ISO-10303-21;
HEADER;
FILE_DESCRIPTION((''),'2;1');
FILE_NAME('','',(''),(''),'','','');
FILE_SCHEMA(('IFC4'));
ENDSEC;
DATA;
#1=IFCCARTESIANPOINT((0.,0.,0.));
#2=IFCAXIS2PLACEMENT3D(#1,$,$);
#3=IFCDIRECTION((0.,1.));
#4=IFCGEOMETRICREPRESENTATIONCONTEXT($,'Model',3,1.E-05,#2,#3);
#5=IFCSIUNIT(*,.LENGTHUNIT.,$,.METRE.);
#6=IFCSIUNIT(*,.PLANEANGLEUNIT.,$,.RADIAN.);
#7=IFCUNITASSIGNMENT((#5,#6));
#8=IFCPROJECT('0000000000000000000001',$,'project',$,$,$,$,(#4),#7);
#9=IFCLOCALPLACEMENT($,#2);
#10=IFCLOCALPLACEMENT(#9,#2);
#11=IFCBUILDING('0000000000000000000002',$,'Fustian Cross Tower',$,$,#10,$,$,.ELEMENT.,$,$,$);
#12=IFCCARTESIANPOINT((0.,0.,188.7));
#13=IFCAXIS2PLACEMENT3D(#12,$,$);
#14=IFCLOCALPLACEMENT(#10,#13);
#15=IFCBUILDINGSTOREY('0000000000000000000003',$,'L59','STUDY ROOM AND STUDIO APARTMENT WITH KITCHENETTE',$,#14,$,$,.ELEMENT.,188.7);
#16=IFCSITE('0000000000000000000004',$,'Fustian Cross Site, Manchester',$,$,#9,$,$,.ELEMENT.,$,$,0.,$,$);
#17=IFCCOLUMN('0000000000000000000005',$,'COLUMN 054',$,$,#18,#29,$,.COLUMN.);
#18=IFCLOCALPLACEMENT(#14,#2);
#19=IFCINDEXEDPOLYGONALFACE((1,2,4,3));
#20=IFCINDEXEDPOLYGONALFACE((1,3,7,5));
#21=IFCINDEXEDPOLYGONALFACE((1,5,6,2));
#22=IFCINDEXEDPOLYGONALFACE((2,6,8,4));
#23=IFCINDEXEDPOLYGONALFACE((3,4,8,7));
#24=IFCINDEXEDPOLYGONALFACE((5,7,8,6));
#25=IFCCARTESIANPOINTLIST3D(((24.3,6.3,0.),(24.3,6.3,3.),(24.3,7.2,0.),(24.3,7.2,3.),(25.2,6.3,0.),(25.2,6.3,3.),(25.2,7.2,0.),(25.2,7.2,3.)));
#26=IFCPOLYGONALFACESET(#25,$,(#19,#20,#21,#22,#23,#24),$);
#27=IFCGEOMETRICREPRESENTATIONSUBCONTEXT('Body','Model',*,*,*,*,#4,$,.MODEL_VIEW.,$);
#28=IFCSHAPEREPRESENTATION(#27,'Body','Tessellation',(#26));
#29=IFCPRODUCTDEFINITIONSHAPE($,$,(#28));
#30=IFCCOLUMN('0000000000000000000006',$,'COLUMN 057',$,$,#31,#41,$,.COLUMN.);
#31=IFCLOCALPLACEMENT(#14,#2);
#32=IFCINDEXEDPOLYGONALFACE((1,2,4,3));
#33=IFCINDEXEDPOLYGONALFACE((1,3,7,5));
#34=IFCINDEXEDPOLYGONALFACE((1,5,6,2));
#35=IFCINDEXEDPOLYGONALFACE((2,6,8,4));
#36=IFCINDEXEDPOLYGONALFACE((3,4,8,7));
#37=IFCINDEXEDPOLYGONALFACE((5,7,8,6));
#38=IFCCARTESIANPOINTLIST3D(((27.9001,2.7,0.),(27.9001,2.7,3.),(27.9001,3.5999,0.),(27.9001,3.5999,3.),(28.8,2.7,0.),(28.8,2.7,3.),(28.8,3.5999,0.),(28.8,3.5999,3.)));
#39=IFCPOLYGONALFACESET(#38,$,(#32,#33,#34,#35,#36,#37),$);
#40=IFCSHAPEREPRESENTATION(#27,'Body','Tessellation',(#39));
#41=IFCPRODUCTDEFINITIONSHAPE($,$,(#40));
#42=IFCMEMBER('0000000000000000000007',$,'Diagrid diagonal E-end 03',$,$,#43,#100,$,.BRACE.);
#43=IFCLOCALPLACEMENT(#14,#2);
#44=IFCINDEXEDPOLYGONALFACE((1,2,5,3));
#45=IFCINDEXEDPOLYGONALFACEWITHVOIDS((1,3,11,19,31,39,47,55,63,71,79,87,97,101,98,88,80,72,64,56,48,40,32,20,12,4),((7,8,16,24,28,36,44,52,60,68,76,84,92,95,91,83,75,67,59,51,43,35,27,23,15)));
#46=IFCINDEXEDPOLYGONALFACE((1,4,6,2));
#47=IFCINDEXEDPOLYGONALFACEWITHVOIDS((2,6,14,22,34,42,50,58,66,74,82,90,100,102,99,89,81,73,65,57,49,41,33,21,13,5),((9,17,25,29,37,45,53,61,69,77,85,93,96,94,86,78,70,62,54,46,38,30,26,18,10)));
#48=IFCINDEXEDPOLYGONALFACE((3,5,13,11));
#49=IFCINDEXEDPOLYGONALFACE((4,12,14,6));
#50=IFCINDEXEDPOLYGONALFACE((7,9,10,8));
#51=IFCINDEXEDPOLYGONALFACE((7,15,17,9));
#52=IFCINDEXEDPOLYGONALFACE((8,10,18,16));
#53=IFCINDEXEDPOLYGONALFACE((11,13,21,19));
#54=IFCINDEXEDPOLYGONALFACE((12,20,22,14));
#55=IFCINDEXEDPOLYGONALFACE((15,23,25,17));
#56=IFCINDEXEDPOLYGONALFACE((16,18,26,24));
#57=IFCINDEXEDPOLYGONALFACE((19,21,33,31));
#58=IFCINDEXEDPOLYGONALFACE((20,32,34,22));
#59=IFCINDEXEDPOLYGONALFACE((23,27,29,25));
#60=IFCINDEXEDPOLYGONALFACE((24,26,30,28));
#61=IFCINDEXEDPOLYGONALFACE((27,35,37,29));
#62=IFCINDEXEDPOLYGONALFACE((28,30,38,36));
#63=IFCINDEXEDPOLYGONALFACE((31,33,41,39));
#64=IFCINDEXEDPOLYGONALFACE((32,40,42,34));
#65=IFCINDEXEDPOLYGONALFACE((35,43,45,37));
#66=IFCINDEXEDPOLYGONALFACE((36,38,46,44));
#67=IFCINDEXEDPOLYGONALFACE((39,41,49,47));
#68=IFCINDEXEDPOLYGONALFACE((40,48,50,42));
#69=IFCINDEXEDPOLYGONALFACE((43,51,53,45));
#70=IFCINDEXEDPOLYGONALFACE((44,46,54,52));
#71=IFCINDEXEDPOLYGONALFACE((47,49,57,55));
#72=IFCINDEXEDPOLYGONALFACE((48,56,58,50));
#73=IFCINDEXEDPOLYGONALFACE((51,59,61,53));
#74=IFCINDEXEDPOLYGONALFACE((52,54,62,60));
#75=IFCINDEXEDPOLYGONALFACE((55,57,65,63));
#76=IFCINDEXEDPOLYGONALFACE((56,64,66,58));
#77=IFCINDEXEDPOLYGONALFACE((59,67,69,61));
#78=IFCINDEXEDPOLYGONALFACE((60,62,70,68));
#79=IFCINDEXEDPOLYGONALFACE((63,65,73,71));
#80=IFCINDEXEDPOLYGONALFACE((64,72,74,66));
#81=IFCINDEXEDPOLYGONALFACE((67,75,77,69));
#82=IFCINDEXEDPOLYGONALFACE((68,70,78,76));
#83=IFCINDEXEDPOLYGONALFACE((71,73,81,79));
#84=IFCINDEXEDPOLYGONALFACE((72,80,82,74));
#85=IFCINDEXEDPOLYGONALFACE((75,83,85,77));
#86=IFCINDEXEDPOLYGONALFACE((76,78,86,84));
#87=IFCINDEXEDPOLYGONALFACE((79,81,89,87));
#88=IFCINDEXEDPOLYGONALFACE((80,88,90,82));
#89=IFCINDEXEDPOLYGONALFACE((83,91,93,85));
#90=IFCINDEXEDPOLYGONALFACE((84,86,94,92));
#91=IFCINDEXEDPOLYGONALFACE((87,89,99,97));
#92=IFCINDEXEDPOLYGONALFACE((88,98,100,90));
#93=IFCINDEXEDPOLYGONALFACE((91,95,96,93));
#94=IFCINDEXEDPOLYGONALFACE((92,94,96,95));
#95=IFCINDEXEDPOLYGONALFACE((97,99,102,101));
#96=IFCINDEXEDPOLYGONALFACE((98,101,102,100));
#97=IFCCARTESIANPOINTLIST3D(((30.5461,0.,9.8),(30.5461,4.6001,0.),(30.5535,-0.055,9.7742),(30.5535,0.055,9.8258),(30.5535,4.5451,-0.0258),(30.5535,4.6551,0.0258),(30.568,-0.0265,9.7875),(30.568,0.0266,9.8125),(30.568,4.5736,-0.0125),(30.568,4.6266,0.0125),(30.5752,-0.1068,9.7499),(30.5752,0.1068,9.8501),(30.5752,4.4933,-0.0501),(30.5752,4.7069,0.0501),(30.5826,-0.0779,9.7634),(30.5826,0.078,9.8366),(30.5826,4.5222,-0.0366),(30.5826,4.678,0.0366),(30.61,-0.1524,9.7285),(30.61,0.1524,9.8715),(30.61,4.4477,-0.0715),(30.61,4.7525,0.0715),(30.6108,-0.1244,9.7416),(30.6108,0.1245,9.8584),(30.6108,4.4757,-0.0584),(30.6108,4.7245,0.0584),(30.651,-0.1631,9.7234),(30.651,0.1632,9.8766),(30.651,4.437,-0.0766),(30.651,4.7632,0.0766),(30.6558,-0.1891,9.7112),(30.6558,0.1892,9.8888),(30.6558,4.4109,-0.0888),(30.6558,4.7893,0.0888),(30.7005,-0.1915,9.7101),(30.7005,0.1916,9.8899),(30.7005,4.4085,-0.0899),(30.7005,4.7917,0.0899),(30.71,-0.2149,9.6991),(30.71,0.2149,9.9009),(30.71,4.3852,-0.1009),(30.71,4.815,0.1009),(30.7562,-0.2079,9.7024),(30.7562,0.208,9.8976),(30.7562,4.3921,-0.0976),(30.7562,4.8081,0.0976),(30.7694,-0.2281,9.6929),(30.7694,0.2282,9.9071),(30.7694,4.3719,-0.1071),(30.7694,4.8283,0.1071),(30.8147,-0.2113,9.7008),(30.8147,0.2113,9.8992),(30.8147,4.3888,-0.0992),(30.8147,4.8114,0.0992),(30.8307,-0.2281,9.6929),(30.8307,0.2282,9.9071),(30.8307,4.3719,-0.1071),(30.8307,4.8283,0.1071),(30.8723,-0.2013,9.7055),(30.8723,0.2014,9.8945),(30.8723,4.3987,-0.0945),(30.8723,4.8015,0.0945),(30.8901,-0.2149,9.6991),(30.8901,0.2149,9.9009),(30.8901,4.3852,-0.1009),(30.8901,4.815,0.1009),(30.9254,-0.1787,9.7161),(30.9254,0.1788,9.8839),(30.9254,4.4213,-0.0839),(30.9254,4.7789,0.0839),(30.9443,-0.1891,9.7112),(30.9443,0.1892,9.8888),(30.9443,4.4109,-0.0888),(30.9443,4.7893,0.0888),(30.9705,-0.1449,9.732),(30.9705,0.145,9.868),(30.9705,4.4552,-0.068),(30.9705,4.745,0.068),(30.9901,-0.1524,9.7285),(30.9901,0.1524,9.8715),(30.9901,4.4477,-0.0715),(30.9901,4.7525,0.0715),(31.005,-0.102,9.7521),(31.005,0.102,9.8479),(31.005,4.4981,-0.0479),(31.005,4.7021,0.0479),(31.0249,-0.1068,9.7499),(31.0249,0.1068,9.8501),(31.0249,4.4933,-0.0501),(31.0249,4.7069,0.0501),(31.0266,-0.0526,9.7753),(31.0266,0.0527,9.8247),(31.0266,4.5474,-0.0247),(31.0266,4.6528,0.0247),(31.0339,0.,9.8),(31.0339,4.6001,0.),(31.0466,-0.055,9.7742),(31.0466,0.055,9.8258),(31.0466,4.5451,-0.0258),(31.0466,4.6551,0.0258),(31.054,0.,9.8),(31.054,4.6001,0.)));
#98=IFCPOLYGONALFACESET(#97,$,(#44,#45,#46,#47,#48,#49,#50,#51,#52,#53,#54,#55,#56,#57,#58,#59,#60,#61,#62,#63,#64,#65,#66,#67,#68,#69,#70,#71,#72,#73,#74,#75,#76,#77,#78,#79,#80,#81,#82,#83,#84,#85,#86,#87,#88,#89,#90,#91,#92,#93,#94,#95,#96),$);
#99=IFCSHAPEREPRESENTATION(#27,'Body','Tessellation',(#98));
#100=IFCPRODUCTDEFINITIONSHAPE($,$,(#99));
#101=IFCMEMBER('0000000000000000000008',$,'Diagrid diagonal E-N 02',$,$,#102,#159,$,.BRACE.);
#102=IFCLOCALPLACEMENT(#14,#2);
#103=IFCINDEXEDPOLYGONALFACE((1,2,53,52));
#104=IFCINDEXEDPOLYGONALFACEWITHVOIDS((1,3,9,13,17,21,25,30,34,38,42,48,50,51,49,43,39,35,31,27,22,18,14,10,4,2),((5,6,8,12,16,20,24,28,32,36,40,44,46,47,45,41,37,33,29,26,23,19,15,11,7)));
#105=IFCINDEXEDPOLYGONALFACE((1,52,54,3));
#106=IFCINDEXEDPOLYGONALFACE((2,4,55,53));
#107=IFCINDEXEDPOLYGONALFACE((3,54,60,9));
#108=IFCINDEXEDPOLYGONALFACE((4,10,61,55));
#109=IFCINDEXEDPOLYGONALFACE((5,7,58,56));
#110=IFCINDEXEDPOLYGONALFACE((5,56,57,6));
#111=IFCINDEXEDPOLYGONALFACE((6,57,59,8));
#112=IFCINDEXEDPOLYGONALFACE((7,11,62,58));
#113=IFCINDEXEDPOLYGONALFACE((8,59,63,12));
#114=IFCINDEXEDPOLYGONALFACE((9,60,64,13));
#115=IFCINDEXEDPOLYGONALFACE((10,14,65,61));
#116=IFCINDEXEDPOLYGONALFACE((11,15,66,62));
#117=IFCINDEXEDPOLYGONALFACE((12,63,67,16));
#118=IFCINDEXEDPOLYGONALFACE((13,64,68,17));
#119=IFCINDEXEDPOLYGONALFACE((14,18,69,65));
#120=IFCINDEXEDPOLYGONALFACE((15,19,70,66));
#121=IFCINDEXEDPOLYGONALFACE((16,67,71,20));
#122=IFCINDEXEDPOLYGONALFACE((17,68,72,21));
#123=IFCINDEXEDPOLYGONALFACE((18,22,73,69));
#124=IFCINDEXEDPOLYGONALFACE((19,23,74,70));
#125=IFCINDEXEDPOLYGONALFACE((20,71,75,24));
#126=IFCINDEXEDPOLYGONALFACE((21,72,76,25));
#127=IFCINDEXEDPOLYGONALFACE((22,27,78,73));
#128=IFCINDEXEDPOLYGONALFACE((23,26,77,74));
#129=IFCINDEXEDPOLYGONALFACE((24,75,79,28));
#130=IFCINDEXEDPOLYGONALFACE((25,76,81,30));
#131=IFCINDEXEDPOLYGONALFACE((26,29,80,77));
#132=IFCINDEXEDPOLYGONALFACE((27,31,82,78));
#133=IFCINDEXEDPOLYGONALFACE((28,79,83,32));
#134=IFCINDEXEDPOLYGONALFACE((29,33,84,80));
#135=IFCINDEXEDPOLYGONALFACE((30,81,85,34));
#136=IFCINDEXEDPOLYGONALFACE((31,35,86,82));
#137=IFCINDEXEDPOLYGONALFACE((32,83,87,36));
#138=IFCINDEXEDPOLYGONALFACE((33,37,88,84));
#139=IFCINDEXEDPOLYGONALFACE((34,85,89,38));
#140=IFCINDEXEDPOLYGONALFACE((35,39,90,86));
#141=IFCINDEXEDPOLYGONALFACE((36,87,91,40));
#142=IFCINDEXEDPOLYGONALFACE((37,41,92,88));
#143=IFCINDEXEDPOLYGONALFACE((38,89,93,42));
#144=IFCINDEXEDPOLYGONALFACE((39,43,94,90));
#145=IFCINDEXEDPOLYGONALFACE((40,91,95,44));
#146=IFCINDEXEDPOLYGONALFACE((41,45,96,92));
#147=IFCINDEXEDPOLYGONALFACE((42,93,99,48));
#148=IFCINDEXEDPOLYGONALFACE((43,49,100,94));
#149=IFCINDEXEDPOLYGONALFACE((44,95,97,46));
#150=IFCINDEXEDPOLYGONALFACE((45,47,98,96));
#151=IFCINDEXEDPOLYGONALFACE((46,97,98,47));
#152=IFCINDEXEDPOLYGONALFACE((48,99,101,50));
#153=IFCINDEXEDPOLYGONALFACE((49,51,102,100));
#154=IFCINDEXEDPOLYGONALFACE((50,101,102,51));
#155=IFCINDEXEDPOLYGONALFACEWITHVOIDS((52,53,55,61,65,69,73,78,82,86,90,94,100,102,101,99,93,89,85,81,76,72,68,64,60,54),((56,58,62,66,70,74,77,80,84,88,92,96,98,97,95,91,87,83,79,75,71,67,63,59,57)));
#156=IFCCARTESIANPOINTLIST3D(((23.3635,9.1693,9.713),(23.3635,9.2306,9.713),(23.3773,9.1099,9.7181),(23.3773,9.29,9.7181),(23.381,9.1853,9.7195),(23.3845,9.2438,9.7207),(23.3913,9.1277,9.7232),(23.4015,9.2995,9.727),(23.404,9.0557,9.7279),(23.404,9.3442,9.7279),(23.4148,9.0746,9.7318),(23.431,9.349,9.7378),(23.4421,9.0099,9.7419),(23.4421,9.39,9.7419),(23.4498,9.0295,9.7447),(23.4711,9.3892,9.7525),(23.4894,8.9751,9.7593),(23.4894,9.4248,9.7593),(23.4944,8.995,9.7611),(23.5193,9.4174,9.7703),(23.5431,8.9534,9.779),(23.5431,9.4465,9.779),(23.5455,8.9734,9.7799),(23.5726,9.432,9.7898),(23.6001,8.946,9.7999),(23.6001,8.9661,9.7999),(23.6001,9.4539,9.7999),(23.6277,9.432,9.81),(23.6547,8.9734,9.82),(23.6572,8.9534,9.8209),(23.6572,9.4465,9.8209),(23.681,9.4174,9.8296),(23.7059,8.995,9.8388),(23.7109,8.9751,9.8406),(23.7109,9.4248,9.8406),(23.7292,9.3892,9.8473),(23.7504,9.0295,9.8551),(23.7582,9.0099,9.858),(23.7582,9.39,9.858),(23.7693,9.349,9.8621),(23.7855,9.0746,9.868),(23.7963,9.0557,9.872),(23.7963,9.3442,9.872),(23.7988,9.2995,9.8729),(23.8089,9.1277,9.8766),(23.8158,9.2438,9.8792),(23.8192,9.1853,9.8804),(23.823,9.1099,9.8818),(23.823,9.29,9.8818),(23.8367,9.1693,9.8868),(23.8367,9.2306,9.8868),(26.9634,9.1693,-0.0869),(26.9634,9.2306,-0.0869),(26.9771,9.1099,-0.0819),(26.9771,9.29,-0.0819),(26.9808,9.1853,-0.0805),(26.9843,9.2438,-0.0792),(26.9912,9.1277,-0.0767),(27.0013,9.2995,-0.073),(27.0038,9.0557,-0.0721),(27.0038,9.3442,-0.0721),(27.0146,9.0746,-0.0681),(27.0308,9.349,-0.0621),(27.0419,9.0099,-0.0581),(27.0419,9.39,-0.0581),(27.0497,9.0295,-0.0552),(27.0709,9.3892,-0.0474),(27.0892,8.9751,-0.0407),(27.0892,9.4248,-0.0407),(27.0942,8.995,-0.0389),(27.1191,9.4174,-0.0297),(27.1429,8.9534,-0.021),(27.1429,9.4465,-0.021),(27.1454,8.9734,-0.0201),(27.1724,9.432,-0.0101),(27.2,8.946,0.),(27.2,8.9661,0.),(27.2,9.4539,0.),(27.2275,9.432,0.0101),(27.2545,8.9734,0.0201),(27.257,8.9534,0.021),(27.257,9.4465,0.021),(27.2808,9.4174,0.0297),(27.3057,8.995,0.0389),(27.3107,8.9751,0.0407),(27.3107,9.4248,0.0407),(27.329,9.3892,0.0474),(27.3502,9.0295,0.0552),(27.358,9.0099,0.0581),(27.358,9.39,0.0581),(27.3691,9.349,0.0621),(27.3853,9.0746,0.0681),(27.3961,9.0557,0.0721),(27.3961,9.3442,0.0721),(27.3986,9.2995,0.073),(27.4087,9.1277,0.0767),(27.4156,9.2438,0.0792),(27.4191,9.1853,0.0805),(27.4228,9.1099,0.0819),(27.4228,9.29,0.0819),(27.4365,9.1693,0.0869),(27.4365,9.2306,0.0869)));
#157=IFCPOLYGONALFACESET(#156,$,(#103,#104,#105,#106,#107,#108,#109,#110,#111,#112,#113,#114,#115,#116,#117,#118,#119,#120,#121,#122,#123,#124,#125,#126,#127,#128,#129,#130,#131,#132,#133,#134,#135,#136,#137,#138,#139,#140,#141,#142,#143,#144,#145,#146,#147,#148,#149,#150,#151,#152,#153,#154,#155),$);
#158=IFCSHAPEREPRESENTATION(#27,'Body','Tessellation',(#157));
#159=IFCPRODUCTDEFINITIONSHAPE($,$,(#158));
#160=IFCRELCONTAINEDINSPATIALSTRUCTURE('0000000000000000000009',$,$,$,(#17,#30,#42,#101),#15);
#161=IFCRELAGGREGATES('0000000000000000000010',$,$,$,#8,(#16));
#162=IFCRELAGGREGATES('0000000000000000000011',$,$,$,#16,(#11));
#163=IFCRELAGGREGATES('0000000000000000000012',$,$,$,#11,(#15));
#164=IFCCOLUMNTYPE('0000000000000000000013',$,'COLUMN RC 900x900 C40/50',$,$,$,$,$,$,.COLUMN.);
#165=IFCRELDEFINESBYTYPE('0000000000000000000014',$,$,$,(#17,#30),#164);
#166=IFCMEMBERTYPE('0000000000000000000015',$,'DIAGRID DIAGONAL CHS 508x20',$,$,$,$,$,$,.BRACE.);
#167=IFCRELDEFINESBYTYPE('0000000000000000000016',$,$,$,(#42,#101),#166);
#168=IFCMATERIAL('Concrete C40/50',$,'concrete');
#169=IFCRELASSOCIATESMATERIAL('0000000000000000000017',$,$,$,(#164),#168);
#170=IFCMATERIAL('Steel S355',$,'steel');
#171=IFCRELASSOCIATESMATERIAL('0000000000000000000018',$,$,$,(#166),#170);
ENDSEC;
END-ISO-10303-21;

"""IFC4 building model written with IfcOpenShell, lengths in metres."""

from ifc_helpers import new_model, si_unit, direction, frame, origin, origin_2d, place, context, subcontext, project, spatial, rectangle, hollow_circle, extrude, material, material_profile, profile_set, type_object, element, save


model = new_model("IFC4")

# Units and contexts
model_context = context("Model", 3, precision=1e-05, world=origin(), true_north=direction((0.0, 1.0)))
body_context = subcontext(model_context, "Body", "Model", "MODEL_VIEW")
ifc_project = project(units=[si_unit("LENGTHUNIT", "METRE"), si_unit("PLANEANGLEUNIT", "RADIAN")], contexts=[model_context])

# Site, building, storey
site_placement = place(None, origin())
site = spatial("IfcSite", under=ifc_project, at=site_placement, Name="Fustian Cross Site, Manchester", CompositionType="ELEMENT", RefElevation=0.0)
building_placement = place(site_placement, origin())
building = spatial("IfcBuilding", under=site, at=building_placement, Name="Fustian Cross Tower", CompositionType="ELEMENT")
storey_placement = place(building_placement, frame((0.0, 0.0, 188.7)))
storey = spatial("IfcBuildingStorey", under=building, at=storey_placement, Name="L59", Description="STUDY ROOM AND STUDIO APARTMENT WITH KITCHENETTE", CompositionType="ELEMENT", Elevation=188.7)

# Columns
ifc_material_1 = material(Name="Concrete C40/50", Category="concrete")
ifc_material_profile_1 = material_profile(ifc_material_1, rectangle(XDim=0.8999, YDim=0.8999, at=origin_2d()), Name="RC 900x900")
ifc_profile_set_1 = profile_set([ifc_material_profile_1], Name="Concrete C40/50")
column_type = type_object("IfcColumnType", Name="COLUMN RC 900x900 C40/50", PredefinedType="COLUMN", material=ifc_profile_set_1)
for number, where, z_axis, x_axis, name in (
    (1, (24.75, 6.75, 0.0), (0.0, 0.0, 1.0), (1.0, 0.0, 0.0), "COLUMN 054"),
    (2, (28.3501, 3.1499, 0.0), (0.0, 0.0, 1.0), (1.0, 0.0, 0.0), "COLUMN 057"),
):
    element("IfcColumn", number, at=place(storey_placement, frame(where, z_axis=z_axis, x_axis=x_axis)), inside=storey, type_object=column_type, Name=name, PredefinedType="COLUMN", context=body_context, shape_type="SweptSolid", body=[
        extrude(rectangle(XDim=0.8999, YDim=0.8999, at=origin_2d()), origin(), (0.0, 0.0, 1.0), 3.0),
    ])

# Members
ifc_material_2 = material(Name="Steel S355", Category="steel")
ifc_material_profile_2 = material_profile(ifc_material_2, hollow_circle(Radius=0.2539, WallThickness=0.02, at=origin_2d()), Name="CHS 508x20")
ifc_profile_set_2 = profile_set([ifc_material_profile_2], Name="Steel S355")
member_type_1 = type_object("IfcMemberType", Name="DIAGRID DIAGONAL CHS 508x20", PredefinedType="BRACE", material=ifc_profile_set_2)
member_1_placement = place(storey_placement, frame((30.8, 4.6001, 0.0), z_axis=(0.0, -0.424913, 0.905234), x_axis=(1.0, 0.0, 0.0)))
element("IfcMember", 3, at=member_1_placement, inside=storey, type_object=member_type_1, Name="Diagrid diagonal E-end 03", PredefinedType="BRACE", context=body_context, shape_type="SweptSolid", body=[
    extrude(hollow_circle(Radius=0.2539, WallThickness=0.02, at=origin_2d()), origin(), (0.0, 0.0, 1.0), 10.8259),
])
member_2_placement = place(storey_placement, frame((27.2, 9.2, 0.0), z_axis=(-0.344804, 0.0, 0.938675), x_axis=(0.0, -1.0, 0.0)))
element("IfcMember", 4, at=member_2_placement, inside=storey, type_object=member_type_1, Name="Diagrid diagonal E-N 02", PredefinedType="BRACE", context=body_context, shape_type="SweptSolid", body=[
    extrude(hollow_circle(Radius=0.2539, WallThickness=0.02, at=origin_2d()), origin(), (0.0, 0.0, 1.0), 10.4402),
])

save(model, "model.ifc")
